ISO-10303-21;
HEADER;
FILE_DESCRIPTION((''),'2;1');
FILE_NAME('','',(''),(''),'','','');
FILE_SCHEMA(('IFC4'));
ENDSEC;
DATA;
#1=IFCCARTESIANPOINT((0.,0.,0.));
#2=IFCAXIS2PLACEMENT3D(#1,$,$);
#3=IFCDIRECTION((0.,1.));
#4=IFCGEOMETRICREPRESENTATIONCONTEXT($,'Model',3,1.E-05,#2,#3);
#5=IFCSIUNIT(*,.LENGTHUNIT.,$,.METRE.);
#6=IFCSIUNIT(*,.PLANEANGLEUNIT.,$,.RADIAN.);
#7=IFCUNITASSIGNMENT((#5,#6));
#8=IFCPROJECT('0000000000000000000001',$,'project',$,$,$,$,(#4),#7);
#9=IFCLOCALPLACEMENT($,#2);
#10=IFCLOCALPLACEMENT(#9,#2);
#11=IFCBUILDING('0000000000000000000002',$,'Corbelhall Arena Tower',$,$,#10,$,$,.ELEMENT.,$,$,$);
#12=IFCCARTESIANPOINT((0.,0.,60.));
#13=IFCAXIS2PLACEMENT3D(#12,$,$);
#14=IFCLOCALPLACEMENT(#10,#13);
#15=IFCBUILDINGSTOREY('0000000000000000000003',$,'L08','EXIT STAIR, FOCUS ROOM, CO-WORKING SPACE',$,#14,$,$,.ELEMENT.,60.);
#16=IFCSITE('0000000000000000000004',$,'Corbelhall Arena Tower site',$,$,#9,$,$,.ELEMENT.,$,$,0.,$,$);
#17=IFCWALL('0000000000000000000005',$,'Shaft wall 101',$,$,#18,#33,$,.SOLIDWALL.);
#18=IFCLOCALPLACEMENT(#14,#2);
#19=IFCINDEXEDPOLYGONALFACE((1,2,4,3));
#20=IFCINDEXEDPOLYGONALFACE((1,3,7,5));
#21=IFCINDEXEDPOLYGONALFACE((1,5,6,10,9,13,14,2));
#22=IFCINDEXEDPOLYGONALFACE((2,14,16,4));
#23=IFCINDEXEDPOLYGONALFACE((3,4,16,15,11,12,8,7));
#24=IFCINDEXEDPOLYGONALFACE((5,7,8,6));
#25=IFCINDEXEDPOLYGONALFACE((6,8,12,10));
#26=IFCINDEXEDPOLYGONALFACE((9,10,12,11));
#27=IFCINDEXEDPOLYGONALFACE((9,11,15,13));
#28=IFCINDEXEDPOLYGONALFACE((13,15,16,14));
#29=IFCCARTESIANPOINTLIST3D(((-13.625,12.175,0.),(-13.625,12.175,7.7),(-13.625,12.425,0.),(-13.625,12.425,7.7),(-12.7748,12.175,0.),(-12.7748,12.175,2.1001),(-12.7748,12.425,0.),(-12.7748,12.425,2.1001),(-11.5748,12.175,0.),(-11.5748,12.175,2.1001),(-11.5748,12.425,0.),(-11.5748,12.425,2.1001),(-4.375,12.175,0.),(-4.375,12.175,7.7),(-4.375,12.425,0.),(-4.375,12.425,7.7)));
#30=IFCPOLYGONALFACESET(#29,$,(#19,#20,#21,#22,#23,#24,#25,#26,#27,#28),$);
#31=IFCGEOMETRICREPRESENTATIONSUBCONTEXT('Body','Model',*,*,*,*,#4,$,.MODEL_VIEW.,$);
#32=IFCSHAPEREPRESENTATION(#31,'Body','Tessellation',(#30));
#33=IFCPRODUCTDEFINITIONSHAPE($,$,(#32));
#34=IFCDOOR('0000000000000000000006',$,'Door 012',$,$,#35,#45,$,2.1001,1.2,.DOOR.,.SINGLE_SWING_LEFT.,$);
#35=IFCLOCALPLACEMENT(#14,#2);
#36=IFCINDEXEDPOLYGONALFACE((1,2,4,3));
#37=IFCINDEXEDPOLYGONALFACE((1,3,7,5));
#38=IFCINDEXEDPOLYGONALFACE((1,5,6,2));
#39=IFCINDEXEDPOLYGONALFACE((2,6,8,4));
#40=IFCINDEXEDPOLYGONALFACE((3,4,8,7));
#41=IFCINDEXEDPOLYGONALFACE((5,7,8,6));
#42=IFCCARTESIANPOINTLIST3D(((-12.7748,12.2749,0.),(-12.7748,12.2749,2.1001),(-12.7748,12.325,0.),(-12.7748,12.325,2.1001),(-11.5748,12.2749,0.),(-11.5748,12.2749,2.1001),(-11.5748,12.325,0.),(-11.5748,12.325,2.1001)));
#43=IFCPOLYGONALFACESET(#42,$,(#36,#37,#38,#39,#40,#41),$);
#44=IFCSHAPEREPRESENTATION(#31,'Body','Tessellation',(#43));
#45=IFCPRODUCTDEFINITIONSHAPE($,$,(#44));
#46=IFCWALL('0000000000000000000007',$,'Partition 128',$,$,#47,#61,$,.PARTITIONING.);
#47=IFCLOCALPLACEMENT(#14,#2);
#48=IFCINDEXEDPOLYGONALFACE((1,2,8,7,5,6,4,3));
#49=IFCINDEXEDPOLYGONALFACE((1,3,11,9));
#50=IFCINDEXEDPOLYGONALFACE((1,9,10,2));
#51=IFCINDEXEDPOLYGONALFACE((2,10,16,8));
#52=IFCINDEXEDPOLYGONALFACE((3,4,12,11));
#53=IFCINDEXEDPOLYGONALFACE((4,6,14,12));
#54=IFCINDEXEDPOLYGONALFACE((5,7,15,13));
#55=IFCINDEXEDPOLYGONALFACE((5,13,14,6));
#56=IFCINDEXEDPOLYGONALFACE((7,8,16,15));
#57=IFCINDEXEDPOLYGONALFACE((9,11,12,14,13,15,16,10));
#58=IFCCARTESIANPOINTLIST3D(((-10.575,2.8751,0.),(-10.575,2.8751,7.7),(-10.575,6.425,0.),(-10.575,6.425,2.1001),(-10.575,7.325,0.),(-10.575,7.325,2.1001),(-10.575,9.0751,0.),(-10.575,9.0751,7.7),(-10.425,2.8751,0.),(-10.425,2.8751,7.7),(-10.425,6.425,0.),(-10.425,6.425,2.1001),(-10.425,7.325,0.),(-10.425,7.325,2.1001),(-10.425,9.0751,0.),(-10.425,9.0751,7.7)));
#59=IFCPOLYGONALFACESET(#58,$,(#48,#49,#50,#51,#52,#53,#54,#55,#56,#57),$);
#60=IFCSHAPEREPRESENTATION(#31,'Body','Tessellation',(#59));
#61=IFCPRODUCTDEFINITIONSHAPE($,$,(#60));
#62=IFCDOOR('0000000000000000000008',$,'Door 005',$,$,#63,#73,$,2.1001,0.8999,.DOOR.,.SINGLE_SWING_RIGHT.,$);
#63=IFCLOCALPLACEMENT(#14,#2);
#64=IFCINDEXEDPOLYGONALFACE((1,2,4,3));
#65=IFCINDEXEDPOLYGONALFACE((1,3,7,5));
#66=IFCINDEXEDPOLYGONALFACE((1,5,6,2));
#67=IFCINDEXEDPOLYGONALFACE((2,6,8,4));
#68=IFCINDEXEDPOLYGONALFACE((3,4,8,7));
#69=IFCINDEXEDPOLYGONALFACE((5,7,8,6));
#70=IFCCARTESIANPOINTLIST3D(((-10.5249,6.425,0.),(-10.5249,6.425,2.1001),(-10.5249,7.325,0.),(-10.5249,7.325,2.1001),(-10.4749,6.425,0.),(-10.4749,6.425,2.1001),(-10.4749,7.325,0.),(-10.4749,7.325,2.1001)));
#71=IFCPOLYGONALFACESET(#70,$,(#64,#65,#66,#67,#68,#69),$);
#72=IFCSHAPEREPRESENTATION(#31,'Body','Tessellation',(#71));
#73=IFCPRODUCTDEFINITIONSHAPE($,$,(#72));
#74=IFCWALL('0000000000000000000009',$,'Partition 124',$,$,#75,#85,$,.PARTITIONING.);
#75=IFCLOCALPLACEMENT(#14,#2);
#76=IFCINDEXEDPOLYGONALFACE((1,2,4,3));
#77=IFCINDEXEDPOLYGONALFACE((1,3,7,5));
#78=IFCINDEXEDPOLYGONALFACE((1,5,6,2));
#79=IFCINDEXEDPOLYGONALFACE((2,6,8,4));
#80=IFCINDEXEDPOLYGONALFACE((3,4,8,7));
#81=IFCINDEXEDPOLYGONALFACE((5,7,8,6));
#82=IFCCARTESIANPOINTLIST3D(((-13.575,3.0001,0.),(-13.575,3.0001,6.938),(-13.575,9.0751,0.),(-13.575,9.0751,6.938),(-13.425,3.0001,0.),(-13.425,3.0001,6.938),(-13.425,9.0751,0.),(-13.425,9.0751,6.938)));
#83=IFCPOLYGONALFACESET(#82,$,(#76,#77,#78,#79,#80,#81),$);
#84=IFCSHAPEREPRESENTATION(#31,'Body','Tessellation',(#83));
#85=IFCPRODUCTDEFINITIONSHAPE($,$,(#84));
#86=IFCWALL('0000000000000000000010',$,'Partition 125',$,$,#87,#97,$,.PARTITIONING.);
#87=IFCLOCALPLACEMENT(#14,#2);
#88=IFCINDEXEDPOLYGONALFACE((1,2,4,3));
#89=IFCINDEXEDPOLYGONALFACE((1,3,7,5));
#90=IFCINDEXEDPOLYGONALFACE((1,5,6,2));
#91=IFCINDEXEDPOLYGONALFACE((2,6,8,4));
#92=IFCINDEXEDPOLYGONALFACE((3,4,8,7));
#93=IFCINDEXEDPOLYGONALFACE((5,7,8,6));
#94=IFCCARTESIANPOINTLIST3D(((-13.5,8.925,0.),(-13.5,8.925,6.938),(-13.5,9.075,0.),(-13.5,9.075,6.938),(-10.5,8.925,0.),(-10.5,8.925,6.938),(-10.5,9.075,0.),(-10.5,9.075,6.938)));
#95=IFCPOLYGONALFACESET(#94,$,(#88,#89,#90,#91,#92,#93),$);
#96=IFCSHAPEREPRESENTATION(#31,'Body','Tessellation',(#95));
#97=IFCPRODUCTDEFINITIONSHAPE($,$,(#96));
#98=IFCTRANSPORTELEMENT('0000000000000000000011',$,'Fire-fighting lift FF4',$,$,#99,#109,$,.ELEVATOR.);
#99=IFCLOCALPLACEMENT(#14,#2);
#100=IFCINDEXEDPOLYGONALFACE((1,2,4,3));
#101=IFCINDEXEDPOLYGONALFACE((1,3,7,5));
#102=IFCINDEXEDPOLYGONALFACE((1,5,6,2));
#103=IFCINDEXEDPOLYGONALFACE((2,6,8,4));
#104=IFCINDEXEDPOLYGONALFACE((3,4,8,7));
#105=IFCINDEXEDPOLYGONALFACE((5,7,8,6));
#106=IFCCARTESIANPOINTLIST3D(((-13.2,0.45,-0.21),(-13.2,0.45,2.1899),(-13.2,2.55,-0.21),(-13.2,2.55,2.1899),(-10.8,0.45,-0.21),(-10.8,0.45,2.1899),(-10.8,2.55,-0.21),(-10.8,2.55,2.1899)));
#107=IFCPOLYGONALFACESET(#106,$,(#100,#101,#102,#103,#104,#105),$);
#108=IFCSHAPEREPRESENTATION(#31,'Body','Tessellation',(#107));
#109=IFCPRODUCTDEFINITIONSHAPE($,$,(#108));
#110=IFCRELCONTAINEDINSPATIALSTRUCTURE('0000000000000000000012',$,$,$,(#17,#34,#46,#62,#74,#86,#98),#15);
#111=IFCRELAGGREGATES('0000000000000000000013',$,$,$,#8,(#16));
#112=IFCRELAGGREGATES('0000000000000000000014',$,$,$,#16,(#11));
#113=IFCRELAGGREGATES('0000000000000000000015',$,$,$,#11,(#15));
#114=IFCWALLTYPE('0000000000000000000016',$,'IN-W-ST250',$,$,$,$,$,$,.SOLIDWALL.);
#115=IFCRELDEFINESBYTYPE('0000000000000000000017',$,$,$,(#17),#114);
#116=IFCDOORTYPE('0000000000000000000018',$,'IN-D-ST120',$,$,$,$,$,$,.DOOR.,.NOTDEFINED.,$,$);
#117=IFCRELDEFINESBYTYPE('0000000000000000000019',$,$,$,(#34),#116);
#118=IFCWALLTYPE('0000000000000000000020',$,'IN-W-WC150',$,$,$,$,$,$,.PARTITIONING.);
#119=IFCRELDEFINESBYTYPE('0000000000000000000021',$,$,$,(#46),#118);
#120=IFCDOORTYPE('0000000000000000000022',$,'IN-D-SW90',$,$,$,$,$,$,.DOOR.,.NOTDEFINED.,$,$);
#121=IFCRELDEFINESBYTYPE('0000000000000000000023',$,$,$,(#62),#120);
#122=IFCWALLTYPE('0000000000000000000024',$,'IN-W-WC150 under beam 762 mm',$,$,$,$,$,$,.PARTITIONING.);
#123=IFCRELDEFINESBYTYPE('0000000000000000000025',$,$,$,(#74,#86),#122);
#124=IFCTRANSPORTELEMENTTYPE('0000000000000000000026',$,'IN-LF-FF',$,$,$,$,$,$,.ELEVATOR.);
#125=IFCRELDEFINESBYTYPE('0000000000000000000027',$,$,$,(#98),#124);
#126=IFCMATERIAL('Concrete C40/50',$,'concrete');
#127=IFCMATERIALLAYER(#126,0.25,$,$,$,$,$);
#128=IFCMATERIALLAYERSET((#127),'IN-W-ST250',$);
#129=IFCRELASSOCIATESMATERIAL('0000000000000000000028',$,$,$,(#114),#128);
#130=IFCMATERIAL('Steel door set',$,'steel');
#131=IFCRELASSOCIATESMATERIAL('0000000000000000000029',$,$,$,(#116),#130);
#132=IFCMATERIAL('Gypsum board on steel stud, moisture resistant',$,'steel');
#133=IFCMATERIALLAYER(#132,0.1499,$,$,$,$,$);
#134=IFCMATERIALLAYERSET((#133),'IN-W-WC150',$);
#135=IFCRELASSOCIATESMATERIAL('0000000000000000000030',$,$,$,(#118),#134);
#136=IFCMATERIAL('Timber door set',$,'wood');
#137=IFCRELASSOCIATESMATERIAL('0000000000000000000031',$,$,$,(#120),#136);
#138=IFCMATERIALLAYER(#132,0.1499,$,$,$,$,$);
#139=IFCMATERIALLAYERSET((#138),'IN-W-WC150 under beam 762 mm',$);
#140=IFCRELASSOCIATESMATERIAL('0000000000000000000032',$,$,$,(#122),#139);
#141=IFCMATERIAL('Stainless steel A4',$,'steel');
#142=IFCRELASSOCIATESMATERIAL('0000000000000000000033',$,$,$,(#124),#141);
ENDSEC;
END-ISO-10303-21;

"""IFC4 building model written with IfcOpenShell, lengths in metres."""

from ifc_helpers import new_model, si_unit, direction, frame, frame_2d, origin, origin_2d, place, context, subcontext, project, spatial, rectangle, extrude, material, layer, layer_set, type_object, element, fill, save


model = new_model("IFC4")

# Units and contexts
model_context = context("Model", 3, precision=1e-05, world=origin(), true_north=direction((0.0, 1.0)))
body_context = subcontext(model_context, "Body", "Model", "MODEL_VIEW")
ifc_project = project(units=[si_unit("LENGTHUNIT", "METRE"), si_unit("PLANEANGLEUNIT", "RADIAN")], contexts=[model_context])

# Site, building, storey
site_placement = place(None, origin())
site = spatial("IfcSite", under=ifc_project, at=site_placement, Name="Corbelhall Arena Tower site", CompositionType="ELEMENT", RefElevation=0.0)
building_placement = place(site_placement, origin())
building = spatial("IfcBuilding", under=site, at=building_placement, Name="Corbelhall Arena Tower", CompositionType="ELEMENT")
storey_placement = place(building_placement, frame((0.0, 0.0, 60.0)))
storey = spatial("IfcBuildingStorey", under=building, at=storey_placement, Name="L08", Description="EXIT STAIR, FOCUS ROOM, CO-WORKING SPACE", CompositionType="ELEMENT", Elevation=60.0)

# Shared definitions
ifc_material_1 = material(Name="Concrete C40/50", Category="concrete")

# Shared definitions
ifc_material_2 = material(Name="Steel door set", Category="steel")

# Walls, openings, doors
ifc_layer_1 = layer(ifc_material_1, 0.25)
ifc_layer_set_1 = layer_set([ifc_layer_1], Name="IN-W-ST250")
wall_type_1 = type_object("IfcWallType", Name="IN-W-ST250", PredefinedType="SOLIDWALL", material=ifc_layer_set_1)
wall_1_placement = place(storey_placement, frame((-13.625, 12.3, 0.0), z_axis=(0.0, 0.0, 1.0), x_axis=(1.0, 0.0, 0.0)))
wall_1 = element("IfcWall", 1, at=wall_1_placement, inside=storey, type_object=wall_type_1, Name="Shaft wall 101", PredefinedType="SOLIDWALL", context=body_context, shape_type="SweptSolid", body=[
    extrude(rectangle(XDim=9.25, YDim=0.25, at=frame_2d((4.625, 0.0))), origin(), (0.0, 0.0, 1.0), 7.7),
])
opening_1_placement = place(wall_1_placement, frame((0.8501, 0.0, 0.0)))
opening_1 = element("IfcOpeningElement", 2, at=opening_1_placement, cuts=wall_1, PredefinedType="OPENING", context=body_context, shape_type="SweptSolid", body=[
    extrude(rectangle(XDim=1.2, YDim=2.1001, at=frame_2d((0.6001, 1.05))), frame((0.0, 0.125, 0.0), z_axis=(0.0, -1.0, 0.0), x_axis=(1.0, 0.0, 0.0)), (0.0, 0.0, 1.0), 0.25),
])
door_type_1 = type_object("IfcDoorType", Name="IN-D-ST120", OperationType="NOTDEFINED", PredefinedType="DOOR", material=ifc_material_2)
door_1_placement = place(opening_1_placement, origin())
door_1 = element("IfcDoor", 3, at=door_1_placement, inside=storey, type_object=door_type_1, Name="Door 012", OperationType="SINGLE_SWING_LEFT", OverallHeight=2.1001, OverallWidth=1.2, PredefinedType="DOOR", context=body_context, shape_type="SweptSolid", body=[
    extrude(rectangle(XDim=1.2, YDim=2.1001, at=frame_2d((0.6001, 1.05))), frame((0.0, 0.0249, 0.0), z_axis=(0.0, -1.0, 0.0), x_axis=(1.0, 0.0, 0.0)), (0.0, 0.0, 1.0), 0.05),
])
fill(opening_1, door_1)
ifc_material_3 = material(Name="Gypsum board on steel stud, moisture resistant", Category="steel")
ifc_layer_2 = layer(ifc_material_3, 0.1499)
ifc_layer_set_2 = layer_set([ifc_layer_2], Name="IN-W-WC150")
wall_type_2 = type_object("IfcWallType", Name="IN-W-WC150", PredefinedType="PARTITIONING", material=ifc_layer_set_2)
wall_2_placement = place(storey_placement, frame((-10.5, 2.875, 0.0), z_axis=(0.0, 0.0, 1.0), x_axis=(0.0, 1.0, 0.0)))
wall_2 = element("IfcWall", 4, at=wall_2_placement, inside=storey, type_object=wall_type_2, Name="Partition 128", PredefinedType="PARTITIONING", context=body_context, shape_type="SweptSolid", body=[
    extrude(rectangle(XDim=6.2, YDim=0.1499, at=frame_2d((3.1001, 0.0))), origin(), (0.0, 0.0, 1.0), 7.7),
])
opening_2_placement = place(wall_2_placement, frame((3.55, 0.0, 0.0)))
opening_2 = element("IfcOpeningElement", 5, at=opening_2_placement, cuts=wall_2, PredefinedType="OPENING", context=body_context, shape_type="SweptSolid", body=[
    extrude(rectangle(XDim=0.8999, YDim=2.1001, at=frame_2d((0.45, 1.05))), frame((0.0, 0.075, 0.0), z_axis=(0.0, -1.0, 0.0), x_axis=(1.0, 0.0, 0.0)), (0.0, 0.0, 1.0), 0.1499),
])
ifc_material_4 = material(Name="Timber door set", Category="wood")
door_type_2 = type_object("IfcDoorType", Name="IN-D-SW90", OperationType="NOTDEFINED", PredefinedType="DOOR", material=ifc_material_4)
door_2_placement = place(opening_2_placement, origin())
door_2 = element("IfcDoor", 6, at=door_2_placement, inside=storey, type_object=door_type_2, Name="Door 005", OperationType="SINGLE_SWING_RIGHT", OverallHeight=2.1001, OverallWidth=0.8999, PredefinedType="DOOR", context=body_context, shape_type="SweptSolid", body=[
    extrude(rectangle(XDim=0.8999, YDim=2.1001, at=frame_2d((0.45, 1.05))), frame((0.0, 0.0249, 0.0), z_axis=(0.0, -1.0, 0.0), x_axis=(1.0, 0.0, 0.0)), (0.0, 0.0, 1.0), 0.05),
])
fill(opening_2, door_2)

# Walls
ifc_layer_3 = layer(ifc_material_3, 0.1499)
ifc_layer_set_3 = layer_set([ifc_layer_3], Name="IN-W-WC150 under beam 762 mm")
wall_type_3 = type_object("IfcWallType", Name="IN-W-WC150 under beam 762 mm", PredefinedType="PARTITIONING", material=ifc_layer_set_3)
wall_3_placement = place(storey_placement, frame((-13.5, 3.0, 0.0), z_axis=(0.0, 0.0, 1.0), x_axis=(0.0, 1.0, 0.0)))
element("IfcWall", 7, at=wall_3_placement, inside=storey, type_object=wall_type_3, Name="Partition 124", PredefinedType="PARTITIONING", context=body_context, shape_type="SweptSolid", body=[
    extrude(rectangle(XDim=6.075, YDim=0.1499, at=frame_2d((3.0376, 0.0))), origin(), (0.0, 0.0, 1.0), 6.938),
])
wall_4_placement = place(storey_placement, frame((-13.5, 9.0, 0.0), z_axis=(0.0, 0.0, 1.0), x_axis=(1.0, 0.0, 0.0)))
element("IfcWall", 8, at=wall_4_placement, inside=storey, type_object=wall_type_3, Name="Partition 125", PredefinedType="PARTITIONING", context=body_context, shape_type="SweptSolid", body=[
    extrude(rectangle(XDim=3.0, YDim=0.1499, at=frame_2d((1.5, 0.0))), origin(), (0.0, 0.0, 1.0), 6.938),
])

# Transport element
ifc_material_5 = material(Name="Stainless steel A4", Category="steel")
transport_element_type = type_object("IfcTransportElementType", Name="IN-LF-FF", PredefinedType="ELEVATOR", material=ifc_material_5)
transport_element_placement = place(storey_placement, frame((-12.0, 1.5, -0.21), z_axis=(0.0, 0.0, 1.0), x_axis=(1.0, 0.0, 0.0)))
element("IfcTransportElement", 9, at=transport_element_placement, inside=storey, type_object=transport_element_type, Name="Fire-fighting lift FF4", PredefinedType="ELEVATOR", context=body_context, shape_type="SweptSolid", body=[
    extrude(rectangle(XDim=2.3999, YDim=2.1001, at=origin_2d()), origin(), (0.0, 0.0, 1.0), 2.3999),
])

save(model, "model.ifc")
